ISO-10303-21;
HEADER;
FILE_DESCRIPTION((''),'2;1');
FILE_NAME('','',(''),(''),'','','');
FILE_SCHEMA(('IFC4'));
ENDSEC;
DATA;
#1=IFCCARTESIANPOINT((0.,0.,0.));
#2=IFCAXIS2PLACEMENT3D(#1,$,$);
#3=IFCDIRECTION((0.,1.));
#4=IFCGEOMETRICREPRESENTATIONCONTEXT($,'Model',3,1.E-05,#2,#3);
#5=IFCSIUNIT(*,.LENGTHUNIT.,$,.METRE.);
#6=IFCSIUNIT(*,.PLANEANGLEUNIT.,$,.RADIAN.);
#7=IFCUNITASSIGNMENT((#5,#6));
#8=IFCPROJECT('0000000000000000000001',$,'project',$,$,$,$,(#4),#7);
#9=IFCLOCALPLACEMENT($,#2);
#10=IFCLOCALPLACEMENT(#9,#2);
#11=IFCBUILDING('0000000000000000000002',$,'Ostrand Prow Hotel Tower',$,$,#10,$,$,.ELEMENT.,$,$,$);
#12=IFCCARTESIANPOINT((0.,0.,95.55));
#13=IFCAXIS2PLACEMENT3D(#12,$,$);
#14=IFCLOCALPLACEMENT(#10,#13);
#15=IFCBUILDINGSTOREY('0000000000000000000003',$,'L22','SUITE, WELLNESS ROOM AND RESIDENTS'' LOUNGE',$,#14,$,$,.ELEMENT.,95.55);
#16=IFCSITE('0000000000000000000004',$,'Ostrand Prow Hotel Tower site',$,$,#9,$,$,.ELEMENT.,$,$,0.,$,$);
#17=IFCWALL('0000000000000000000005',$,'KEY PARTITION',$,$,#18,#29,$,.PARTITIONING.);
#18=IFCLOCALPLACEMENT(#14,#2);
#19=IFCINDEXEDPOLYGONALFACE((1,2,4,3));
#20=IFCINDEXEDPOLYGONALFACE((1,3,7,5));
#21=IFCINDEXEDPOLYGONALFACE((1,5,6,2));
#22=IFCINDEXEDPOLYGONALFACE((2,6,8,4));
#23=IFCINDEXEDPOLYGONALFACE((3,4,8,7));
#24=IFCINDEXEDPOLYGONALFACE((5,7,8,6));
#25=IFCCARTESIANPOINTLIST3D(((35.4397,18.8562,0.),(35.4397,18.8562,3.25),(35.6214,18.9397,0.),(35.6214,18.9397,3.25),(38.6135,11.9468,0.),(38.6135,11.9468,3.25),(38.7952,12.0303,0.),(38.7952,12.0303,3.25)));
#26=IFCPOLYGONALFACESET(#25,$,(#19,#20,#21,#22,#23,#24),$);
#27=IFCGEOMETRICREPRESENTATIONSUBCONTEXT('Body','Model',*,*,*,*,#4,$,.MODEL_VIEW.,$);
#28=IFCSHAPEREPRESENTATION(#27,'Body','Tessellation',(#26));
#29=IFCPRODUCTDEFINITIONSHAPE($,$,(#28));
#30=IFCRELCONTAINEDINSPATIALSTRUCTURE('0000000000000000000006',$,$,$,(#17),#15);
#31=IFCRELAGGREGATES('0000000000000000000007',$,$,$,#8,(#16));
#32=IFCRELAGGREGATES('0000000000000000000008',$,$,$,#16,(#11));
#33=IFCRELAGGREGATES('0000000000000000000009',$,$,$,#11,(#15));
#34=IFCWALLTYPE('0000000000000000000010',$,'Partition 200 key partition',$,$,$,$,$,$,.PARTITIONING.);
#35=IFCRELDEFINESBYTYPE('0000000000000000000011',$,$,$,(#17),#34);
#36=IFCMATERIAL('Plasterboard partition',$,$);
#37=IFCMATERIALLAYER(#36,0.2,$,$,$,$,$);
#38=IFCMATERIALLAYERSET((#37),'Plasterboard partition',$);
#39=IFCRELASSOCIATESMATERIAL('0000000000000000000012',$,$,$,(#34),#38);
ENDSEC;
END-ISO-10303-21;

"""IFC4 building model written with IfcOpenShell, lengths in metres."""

from ifc_helpers import new_model, si_unit, direction, frame, frame_2d, origin, place, context, subcontext, project, spatial, rectangle, extrude, material, layer, layer_set, type_object, element, save


model = new_model("IFC4")

# Units and contexts
model_context = context("Model", 3, precision=1e-05, world=origin(), true_north=direction((0.0, 1.0)))
body_context = subcontext(model_context, "Body", "Model", "MODEL_VIEW")
ifc_project = project(units=[si_unit("LENGTHUNIT", "METRE"), si_unit("PLANEANGLEUNIT", "RADIAN")], contexts=[model_context])

# Site, building, storey
site_placement = place(None, origin())
site = spatial("IfcSite", under=ifc_project, at=site_placement, Name="Ostrand Prow Hotel Tower site", CompositionType="ELEMENT", RefElevation=0.0)
building_placement = place(site_placement, origin())
building = spatial("IfcBuilding", under=site, at=building_placement, Name="Ostrand Prow Hotel Tower", CompositionType="ELEMENT")
storey_placement = place(building_placement, frame((0.0, 0.0, 95.55)))
storey = spatial("IfcBuildingStorey", under=building, at=storey_placement, Name="L22", Description="SUITE, WELLNESS ROOM AND RESIDENTS' LOUNGE", CompositionType="ELEMENT", Elevation=95.55)

# Wall
ifc_material_1 = material(Name="Plasterboard partition")
ifc_layer_1 = layer(ifc_material_1, 0.2)
ifc_layer_set_1 = layer_set([ifc_layer_1], Name="Plasterboard partition")
wall_type_1 = type_object("IfcWallType", Name="Partition 200 key partition", PredefinedType="PARTITIONING", material=ifc_layer_set_1)
wall_1_placement = place(storey_placement, frame((38.7043, 11.9885, 0.0), z_axis=(0.0, 0.0, 1.0), x_axis=(-0.417416, 0.908715, 0.0)))
element("IfcWall", 1, at=wall_1_placement, inside=storey, type_object=wall_type_1, Name="KEY PARTITION", PredefinedType="PARTITIONING", context=body_context, shape_type="SweptSolid", body=[
    extrude(rectangle(XDim=7.6035, YDim=0.2, at=frame_2d((3.8018, 0.0))), origin(), (0.0, 0.0, 1.0), 3.25),
])

save(model, "model.ifc")
